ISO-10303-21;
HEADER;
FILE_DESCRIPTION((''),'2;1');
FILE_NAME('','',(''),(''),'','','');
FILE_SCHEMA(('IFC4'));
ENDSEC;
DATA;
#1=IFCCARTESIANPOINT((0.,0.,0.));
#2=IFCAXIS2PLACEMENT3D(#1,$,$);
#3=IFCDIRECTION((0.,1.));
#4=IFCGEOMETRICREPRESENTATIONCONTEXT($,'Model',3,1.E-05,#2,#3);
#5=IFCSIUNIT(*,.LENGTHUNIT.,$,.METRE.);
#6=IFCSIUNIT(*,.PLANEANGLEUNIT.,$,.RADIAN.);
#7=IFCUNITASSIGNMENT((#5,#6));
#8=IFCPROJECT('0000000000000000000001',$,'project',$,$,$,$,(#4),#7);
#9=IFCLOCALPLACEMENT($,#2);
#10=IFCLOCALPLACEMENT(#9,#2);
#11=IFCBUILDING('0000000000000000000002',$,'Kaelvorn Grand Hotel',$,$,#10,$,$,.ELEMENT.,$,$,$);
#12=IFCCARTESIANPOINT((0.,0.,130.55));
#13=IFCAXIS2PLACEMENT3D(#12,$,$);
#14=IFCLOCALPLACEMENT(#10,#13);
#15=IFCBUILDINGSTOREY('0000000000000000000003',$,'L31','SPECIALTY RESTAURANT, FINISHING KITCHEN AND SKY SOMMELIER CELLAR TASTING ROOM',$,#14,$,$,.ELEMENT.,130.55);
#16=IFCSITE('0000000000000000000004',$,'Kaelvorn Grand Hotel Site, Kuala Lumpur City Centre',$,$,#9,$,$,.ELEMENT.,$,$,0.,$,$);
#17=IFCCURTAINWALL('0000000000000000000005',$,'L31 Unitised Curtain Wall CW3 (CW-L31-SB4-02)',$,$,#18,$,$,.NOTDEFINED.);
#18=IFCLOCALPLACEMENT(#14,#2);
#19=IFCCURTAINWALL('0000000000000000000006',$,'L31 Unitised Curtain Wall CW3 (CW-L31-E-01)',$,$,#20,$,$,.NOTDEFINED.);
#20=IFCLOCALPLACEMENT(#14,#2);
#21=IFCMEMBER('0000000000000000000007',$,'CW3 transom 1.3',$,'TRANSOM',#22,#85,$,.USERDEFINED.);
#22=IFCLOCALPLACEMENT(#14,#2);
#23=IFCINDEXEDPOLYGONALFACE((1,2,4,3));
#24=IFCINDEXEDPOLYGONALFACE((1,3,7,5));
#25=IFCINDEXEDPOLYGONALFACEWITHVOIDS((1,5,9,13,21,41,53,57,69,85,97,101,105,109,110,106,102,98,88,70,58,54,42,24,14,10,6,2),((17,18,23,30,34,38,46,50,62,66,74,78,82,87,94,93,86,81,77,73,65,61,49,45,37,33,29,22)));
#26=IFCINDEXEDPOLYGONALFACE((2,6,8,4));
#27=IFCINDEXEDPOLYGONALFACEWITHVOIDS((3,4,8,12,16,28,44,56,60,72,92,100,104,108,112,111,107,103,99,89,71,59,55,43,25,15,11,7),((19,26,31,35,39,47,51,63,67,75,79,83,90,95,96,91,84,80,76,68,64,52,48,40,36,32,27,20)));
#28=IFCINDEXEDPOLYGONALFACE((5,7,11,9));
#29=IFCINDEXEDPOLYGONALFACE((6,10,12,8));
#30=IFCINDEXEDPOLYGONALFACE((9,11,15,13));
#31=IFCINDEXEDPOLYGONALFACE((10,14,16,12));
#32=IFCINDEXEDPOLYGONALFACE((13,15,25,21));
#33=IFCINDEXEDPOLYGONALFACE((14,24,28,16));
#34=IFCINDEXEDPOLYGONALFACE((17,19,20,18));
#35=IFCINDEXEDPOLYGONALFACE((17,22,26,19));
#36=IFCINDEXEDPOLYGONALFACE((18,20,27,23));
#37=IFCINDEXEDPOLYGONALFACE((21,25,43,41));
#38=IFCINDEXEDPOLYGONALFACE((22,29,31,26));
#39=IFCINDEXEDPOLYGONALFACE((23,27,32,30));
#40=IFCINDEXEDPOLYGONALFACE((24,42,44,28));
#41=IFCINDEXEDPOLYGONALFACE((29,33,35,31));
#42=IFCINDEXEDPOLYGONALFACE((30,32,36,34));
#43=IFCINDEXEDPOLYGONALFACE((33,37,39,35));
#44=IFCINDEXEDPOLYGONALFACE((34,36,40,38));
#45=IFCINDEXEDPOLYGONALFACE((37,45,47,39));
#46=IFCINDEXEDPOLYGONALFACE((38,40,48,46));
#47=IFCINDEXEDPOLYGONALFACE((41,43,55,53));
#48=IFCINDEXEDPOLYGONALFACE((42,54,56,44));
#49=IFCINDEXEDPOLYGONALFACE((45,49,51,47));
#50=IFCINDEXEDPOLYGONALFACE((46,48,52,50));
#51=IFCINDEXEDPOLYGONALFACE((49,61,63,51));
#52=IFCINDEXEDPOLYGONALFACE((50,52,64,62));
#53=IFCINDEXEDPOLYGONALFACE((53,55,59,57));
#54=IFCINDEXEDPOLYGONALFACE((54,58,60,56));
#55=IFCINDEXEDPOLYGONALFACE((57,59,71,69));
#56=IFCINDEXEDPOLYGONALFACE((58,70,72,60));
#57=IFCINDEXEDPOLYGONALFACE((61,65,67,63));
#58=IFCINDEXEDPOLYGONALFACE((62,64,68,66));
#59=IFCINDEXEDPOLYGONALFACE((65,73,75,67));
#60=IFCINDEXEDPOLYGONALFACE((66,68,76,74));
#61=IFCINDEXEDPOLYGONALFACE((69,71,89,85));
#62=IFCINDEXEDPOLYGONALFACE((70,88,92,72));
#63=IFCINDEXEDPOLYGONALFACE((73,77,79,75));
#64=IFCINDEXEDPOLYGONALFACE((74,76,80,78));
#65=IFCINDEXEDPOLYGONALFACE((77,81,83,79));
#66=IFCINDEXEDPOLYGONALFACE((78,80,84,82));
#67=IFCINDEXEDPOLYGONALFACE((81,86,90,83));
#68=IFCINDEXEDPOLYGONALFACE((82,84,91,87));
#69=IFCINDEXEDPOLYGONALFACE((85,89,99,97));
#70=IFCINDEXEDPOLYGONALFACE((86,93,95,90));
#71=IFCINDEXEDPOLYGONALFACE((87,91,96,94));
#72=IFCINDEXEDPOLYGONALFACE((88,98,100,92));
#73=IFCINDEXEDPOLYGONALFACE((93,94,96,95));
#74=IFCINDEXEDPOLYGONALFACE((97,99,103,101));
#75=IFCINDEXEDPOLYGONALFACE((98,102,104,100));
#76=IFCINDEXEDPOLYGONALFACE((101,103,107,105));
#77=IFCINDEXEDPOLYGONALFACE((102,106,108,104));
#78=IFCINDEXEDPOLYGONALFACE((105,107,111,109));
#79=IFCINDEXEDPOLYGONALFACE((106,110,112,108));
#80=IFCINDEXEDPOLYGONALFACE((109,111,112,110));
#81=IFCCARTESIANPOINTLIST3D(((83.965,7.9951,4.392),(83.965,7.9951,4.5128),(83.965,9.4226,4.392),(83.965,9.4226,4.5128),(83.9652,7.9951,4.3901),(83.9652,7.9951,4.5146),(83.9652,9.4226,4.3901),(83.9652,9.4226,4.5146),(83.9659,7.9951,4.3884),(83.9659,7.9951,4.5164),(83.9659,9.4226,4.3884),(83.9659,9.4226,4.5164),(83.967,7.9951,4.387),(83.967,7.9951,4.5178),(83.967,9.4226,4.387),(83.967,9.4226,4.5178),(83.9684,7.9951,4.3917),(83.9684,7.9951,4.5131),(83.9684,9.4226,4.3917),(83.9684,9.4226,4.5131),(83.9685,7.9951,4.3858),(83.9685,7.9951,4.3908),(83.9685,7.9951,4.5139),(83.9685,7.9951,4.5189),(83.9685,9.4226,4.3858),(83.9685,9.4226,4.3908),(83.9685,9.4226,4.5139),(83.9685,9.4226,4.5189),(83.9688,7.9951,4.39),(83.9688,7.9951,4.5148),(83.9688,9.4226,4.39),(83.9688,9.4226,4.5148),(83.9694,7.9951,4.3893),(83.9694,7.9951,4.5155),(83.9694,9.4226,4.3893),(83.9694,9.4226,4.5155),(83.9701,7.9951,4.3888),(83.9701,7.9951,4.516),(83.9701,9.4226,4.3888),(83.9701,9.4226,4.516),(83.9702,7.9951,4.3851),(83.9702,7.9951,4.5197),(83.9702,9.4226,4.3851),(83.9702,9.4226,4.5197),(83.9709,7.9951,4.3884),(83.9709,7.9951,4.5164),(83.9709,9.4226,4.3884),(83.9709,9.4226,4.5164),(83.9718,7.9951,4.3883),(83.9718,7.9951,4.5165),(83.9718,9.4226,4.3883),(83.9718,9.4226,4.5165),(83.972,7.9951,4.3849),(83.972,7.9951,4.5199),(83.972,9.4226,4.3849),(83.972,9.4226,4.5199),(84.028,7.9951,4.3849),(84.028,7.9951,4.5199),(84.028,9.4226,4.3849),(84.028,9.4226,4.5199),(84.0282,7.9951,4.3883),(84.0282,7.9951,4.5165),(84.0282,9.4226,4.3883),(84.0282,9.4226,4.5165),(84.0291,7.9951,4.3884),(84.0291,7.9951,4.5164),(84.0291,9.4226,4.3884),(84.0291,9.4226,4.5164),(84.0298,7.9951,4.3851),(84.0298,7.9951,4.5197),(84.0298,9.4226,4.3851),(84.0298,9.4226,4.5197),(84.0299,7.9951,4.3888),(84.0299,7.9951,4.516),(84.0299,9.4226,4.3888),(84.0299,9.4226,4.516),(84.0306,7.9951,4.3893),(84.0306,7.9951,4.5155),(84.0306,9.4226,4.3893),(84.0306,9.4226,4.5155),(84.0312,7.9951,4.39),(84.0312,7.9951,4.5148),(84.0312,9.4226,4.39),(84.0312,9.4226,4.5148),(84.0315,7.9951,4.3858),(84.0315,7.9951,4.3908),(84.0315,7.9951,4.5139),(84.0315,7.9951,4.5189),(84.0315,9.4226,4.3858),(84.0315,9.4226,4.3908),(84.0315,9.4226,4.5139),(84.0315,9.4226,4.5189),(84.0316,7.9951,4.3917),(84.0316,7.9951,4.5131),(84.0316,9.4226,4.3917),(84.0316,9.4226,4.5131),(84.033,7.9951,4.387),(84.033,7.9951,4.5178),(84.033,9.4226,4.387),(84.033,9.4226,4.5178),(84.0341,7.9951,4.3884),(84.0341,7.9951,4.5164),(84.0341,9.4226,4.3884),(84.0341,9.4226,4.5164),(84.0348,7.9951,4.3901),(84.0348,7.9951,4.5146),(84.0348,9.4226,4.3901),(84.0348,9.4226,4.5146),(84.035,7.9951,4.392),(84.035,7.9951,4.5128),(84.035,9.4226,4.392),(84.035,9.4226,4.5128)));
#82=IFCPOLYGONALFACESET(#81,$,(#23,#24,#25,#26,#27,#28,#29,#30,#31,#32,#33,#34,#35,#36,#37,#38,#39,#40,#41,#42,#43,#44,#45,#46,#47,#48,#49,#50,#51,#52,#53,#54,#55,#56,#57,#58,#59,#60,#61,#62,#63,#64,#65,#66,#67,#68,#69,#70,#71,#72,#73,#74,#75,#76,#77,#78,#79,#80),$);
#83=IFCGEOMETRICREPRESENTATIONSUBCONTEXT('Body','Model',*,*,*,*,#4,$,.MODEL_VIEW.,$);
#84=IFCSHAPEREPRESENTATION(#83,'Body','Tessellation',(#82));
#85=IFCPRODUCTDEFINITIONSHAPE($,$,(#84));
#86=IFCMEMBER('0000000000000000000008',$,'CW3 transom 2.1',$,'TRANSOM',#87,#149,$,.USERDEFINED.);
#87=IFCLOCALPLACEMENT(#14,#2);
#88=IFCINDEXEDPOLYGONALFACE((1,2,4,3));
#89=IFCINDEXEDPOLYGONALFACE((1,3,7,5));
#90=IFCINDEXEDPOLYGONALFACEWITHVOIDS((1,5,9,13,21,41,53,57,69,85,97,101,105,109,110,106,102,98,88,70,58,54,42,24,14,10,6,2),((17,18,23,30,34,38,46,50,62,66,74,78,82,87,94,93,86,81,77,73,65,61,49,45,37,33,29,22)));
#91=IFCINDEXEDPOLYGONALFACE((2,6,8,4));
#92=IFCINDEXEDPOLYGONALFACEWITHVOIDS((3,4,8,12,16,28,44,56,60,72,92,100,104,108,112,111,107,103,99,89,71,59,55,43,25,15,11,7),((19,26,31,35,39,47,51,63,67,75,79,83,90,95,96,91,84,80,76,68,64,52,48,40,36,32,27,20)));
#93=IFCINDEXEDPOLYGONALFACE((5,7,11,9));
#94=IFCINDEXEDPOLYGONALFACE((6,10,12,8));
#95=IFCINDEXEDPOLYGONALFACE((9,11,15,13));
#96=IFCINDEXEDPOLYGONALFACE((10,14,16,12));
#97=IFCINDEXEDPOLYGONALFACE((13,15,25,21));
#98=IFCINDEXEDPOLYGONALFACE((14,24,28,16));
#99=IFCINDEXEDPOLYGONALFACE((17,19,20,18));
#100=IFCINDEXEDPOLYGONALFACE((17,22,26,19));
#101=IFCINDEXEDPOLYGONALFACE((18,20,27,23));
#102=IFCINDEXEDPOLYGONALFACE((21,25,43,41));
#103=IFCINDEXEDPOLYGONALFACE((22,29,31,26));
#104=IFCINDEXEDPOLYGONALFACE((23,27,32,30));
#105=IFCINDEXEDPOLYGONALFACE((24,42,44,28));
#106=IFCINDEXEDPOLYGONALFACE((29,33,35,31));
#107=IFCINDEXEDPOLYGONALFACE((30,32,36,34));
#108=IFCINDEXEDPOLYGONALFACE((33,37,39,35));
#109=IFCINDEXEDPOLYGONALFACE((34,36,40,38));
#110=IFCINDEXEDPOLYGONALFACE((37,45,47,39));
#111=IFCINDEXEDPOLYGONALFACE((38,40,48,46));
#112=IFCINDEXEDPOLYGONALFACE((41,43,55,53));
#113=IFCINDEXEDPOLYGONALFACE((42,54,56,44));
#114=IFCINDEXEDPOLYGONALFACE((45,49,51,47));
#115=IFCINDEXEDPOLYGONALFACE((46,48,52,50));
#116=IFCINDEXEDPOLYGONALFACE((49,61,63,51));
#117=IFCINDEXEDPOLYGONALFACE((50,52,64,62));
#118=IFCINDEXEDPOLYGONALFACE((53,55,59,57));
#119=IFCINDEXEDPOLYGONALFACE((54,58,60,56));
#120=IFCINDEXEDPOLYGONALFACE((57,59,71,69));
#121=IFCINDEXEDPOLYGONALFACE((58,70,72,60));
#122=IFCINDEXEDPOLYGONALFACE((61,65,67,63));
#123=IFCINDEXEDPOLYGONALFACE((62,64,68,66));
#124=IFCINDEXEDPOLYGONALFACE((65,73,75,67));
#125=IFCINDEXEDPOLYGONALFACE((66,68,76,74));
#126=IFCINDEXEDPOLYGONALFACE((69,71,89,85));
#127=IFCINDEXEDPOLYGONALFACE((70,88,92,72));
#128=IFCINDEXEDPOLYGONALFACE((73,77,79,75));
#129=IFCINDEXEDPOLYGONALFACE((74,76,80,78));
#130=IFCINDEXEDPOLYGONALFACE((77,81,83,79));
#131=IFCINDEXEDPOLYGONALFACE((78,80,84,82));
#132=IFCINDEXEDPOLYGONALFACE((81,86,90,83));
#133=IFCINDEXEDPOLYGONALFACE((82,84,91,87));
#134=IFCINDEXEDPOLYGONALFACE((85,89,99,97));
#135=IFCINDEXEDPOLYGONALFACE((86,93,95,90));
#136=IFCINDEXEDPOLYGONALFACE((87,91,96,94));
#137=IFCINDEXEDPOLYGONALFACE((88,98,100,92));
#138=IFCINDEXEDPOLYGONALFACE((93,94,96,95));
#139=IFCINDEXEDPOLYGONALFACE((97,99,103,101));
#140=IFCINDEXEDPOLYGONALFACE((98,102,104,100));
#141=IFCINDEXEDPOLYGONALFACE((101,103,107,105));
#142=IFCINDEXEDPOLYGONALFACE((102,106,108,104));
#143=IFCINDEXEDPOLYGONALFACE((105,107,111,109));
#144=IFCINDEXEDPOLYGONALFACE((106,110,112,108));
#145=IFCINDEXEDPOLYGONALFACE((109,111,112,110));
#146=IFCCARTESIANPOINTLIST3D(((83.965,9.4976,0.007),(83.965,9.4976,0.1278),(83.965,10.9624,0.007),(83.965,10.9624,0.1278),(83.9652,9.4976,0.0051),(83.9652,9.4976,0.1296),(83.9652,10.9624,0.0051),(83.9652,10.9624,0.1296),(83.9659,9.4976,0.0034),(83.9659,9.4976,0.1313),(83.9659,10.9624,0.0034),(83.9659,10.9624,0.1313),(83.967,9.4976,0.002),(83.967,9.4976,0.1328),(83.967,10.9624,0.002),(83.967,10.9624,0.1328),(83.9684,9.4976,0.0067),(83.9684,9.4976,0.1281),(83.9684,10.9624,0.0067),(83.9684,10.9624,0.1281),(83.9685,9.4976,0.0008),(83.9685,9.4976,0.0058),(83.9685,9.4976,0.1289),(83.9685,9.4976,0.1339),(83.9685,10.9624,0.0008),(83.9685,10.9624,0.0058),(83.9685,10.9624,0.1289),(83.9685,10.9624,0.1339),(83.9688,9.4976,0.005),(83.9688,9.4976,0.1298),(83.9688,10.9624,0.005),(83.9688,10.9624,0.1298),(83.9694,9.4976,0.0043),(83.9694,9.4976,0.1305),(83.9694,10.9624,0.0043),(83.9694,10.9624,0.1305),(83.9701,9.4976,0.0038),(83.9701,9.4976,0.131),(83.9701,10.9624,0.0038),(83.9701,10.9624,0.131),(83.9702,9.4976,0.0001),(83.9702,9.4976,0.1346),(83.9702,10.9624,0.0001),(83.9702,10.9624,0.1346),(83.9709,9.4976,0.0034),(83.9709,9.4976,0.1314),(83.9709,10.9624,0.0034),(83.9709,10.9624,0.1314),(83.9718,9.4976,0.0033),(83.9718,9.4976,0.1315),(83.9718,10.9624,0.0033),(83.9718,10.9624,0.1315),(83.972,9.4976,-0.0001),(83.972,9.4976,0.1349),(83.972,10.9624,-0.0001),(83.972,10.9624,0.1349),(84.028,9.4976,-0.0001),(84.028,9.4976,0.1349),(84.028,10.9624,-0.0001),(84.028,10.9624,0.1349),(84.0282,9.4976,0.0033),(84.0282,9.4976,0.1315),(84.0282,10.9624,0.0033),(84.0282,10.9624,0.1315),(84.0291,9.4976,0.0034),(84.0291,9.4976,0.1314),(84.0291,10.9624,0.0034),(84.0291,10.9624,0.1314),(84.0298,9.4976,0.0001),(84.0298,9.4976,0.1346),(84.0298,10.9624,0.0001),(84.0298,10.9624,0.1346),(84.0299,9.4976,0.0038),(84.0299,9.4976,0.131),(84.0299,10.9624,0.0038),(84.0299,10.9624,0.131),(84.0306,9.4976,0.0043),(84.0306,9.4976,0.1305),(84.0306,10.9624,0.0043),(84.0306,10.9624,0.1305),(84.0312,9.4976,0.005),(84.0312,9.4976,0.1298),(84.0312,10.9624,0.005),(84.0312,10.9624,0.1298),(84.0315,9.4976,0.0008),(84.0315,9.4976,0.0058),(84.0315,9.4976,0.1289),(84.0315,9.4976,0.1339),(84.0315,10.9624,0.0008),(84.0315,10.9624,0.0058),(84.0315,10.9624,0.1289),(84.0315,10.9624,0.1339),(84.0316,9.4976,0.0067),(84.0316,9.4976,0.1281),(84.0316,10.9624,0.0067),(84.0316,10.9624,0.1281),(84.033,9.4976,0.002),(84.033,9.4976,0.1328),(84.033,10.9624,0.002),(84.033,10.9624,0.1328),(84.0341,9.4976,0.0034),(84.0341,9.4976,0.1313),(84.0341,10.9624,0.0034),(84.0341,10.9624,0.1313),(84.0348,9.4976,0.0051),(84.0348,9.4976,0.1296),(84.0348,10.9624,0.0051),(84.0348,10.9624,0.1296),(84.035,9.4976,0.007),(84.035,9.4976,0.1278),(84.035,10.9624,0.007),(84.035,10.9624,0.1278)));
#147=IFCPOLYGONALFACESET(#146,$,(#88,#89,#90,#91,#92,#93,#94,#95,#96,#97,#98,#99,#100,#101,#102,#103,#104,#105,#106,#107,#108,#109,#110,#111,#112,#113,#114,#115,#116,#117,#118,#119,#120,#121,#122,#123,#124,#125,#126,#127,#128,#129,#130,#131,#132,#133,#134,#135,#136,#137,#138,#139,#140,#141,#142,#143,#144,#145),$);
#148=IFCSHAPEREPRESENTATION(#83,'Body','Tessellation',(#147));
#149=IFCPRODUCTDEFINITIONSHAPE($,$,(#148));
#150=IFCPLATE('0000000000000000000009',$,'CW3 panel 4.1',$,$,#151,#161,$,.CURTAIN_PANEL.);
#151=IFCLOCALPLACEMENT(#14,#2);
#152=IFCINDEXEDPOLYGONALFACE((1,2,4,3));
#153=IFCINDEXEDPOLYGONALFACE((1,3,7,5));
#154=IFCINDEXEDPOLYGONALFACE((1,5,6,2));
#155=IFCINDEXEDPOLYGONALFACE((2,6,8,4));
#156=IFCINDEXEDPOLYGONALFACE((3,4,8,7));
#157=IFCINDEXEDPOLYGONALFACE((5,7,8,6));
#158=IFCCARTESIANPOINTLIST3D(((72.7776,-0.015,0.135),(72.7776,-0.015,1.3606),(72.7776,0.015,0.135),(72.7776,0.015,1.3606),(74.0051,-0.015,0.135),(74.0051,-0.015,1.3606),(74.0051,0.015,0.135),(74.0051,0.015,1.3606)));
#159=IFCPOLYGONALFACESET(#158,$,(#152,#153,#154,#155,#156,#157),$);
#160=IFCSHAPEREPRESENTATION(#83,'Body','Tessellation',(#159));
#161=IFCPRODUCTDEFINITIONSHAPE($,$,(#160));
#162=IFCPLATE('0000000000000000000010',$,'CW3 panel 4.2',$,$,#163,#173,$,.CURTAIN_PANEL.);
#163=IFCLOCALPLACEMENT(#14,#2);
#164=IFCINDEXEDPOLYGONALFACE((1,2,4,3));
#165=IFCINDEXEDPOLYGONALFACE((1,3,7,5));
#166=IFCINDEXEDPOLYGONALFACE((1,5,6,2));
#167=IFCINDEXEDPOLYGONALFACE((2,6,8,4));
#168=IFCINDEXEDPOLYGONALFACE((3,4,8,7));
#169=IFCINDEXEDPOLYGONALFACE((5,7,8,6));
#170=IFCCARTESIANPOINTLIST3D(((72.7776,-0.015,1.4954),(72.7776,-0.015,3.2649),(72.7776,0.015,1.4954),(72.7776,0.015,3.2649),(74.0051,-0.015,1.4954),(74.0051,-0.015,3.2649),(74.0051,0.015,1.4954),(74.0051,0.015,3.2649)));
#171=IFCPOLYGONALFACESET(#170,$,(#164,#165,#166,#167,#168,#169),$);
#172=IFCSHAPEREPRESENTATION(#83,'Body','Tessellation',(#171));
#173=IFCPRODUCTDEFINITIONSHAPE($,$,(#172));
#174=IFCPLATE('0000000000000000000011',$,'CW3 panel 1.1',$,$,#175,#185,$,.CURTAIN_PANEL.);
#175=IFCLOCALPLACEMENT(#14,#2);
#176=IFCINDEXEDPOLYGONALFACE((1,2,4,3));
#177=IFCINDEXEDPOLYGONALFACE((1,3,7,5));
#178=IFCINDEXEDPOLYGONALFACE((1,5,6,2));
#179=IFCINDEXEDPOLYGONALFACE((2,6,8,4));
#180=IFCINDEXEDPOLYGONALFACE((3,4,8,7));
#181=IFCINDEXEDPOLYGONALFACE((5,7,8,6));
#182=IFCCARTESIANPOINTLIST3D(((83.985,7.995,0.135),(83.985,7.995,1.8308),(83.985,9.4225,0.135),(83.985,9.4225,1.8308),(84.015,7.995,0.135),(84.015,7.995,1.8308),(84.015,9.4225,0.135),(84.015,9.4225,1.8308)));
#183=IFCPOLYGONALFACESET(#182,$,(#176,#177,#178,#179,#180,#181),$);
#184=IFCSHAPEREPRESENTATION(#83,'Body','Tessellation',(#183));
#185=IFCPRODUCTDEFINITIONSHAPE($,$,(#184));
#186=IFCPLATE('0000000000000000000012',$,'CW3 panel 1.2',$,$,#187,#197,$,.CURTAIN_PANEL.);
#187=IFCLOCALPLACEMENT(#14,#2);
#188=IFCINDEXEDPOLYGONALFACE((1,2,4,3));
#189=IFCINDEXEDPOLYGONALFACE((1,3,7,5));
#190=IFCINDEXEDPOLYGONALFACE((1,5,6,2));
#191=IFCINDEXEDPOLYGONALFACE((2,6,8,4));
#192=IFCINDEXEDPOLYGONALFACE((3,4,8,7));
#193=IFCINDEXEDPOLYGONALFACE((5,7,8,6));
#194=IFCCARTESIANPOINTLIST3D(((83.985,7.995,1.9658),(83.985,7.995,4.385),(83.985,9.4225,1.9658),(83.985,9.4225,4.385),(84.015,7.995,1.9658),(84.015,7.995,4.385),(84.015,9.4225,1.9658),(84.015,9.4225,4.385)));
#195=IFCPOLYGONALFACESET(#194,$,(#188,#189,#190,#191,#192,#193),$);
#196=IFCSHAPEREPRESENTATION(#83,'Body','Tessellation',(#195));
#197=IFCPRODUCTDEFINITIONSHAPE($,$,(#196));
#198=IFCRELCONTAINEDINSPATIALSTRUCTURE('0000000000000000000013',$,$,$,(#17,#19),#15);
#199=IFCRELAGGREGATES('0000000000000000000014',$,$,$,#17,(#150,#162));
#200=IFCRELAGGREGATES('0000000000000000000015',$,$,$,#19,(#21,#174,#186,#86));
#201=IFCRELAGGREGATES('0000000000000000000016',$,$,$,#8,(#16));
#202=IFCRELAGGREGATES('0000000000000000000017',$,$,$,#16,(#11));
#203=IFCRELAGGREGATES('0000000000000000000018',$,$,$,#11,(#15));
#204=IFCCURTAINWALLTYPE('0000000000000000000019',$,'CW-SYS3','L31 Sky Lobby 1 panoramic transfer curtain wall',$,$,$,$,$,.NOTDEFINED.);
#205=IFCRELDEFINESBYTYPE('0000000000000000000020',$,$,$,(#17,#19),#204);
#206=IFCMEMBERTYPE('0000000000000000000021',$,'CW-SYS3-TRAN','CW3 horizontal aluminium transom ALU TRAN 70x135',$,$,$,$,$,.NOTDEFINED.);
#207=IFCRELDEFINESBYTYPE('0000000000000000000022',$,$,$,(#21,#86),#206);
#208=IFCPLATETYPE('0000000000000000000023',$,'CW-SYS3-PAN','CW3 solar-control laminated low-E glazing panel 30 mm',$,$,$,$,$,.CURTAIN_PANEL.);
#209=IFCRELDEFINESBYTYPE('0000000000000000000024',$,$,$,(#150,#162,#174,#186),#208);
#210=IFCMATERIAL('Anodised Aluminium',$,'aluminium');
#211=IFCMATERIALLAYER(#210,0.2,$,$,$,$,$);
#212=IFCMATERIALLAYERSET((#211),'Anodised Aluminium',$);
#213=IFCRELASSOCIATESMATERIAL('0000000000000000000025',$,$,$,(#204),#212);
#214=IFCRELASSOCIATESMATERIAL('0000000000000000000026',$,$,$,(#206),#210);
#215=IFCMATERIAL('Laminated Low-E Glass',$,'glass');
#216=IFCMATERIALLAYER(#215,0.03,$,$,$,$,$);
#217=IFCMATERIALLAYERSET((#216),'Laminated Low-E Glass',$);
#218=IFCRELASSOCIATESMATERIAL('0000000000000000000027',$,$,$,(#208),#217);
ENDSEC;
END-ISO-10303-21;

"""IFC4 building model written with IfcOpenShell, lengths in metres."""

from ifc_helpers import new_model, si_unit, direction, frame, origin, origin_2d, place, context, subcontext, project, spatial, rectangle, hollow_rectangle, extrude, material, layer, layer_set, material_profile, profile_set, type_object, element, aggregate, save


model = new_model("IFC4")

# Units and contexts
model_context = context("Model", 3, precision=1e-05, world=origin(), true_north=direction((0.0, 1.0)))
body_context = subcontext(model_context, "Body", "Model", "MODEL_VIEW")
ifc_project = project(units=[si_unit("LENGTHUNIT", "METRE"), si_unit("PLANEANGLEUNIT", "RADIAN")], contexts=[model_context])

# Site, building, storey
site_placement = place(None, origin())
site = spatial("IfcSite", under=ifc_project, at=site_placement, Name="Kaelvorn Grand Hotel Site, Kuala Lumpur City Centre", CompositionType="ELEMENT", RefElevation=0.0)
building_placement = place(site_placement, origin())
building = spatial("IfcBuilding", under=site, at=building_placement, Name="Kaelvorn Grand Hotel", CompositionType="ELEMENT")
storey_placement = place(building_placement, frame((0.0, 0.0, 130.55)))
storey = spatial("IfcBuildingStorey", under=building, at=storey_placement, Name="L31", Description="SPECIALTY RESTAURANT, FINISHING KITCHEN AND SKY SOMMELIER CELLAR TASTING ROOM", CompositionType="ELEMENT", Elevation=130.55)

# Curtain wall
ifc_material_1 = material(Name="Anodised Aluminium", Category="aluminium")
ifc_layer_1 = layer(ifc_material_1, 0.2)
ifc_layer_set_1 = layer_set([ifc_layer_1], Name="Anodised Aluminium")
curtain_wall_type = type_object("IfcCurtainWallType", Name="CW-SYS3", Description="L31 Sky Lobby 1 panoramic transfer curtain wall", PredefinedType="NOTDEFINED", material=ifc_layer_set_1)
curtain_wall_1_placement = place(storey_placement, origin())
curtain_wall_1 = element("IfcCurtainWall", 1, at=curtain_wall_1_placement, inside=storey, type_object=curtain_wall_type, Name="L31 Unitised Curtain Wall CW3 (CW-L31-SB4-02)", PredefinedType="NOTDEFINED")

# Curtain wall
curtain_wall_2_placement = place(storey_placement, origin())
curtain_wall_2 = element("IfcCurtainWall", 2, at=curtain_wall_2_placement, inside=storey, type_object=curtain_wall_type, Name="L31 Unitised Curtain Wall CW3 (CW-L31-E-01)", PredefinedType="NOTDEFINED")

# Members
ifc_material_profile_1 = material_profile(ifc_material_1, hollow_rectangle(XDim=0.0701, YDim=0.135, WallThickness=0.0034, InnerFilletRadius=0.0034, OuterFilletRadius=0.0071, at=origin_2d()), Name="ALU TRAN 70x135")
ifc_profile_set_1 = profile_set([ifc_material_profile_1], Name="Anodised Aluminium")
member_type_1 = type_object("IfcMemberType", Name="CW-SYS3-TRAN", Description="CW3 horizontal aluminium transom ALU TRAN 70x135", PredefinedType="NOTDEFINED", material=ifc_profile_set_1)
member_1_placement = place(storey_placement, frame((84.0, 7.9951, 4.4524), z_axis=(0.0, 1.0, 0.0), x_axis=(-1.0, 0.0, 0.0)))
member_1 = element("IfcMember", 3, at=member_1_placement, type_object=member_type_1, Name="CW3 transom 1.3", ObjectType="TRANSOM", PredefinedType="USERDEFINED", context=body_context, shape_type="SweptSolid", body=[
    extrude(hollow_rectangle(XDim=0.0701, YDim=0.135, WallThickness=0.0034, InnerFilletRadius=0.0034, OuterFilletRadius=0.0071, at=origin_2d()), origin(), (0.0, 0.0, 1.0), 1.4275),
])
member_2_placement = place(storey_placement, frame((84.0, 9.4976, 0.0674), z_axis=(0.0, 1.0, 0.0), x_axis=(-1.0, 0.0, 0.0)))
member_2 = element("IfcMember", 4, at=member_2_placement, type_object=member_type_1, Name="CW3 transom 2.1", ObjectType="TRANSOM", PredefinedType="USERDEFINED", context=body_context, shape_type="SweptSolid", body=[
    extrude(hollow_rectangle(XDim=0.0701, YDim=0.135, WallThickness=0.0034, InnerFilletRadius=0.0034, OuterFilletRadius=0.0071, at=origin_2d()), origin(), (0.0, 0.0, 1.0), 1.4648),
])

# Plates
ifc_material_2 = material(Name="Laminated Low-E Glass", Category="glass")
ifc_layer_2 = layer(ifc_material_2, 0.03)
ifc_layer_set_2 = layer_set([ifc_layer_2], Name="Laminated Low-E Glass")
plate_type = type_object("IfcPlateType", Name="CW-SYS3-PAN", Description="CW3 solar-control laminated low-E glazing panel 30 mm", PredefinedType="CURTAIN_PANEL", material=ifc_layer_set_2)
plate_1_placement = place(storey_placement, frame((73.3914, 0.0, 0.135), z_axis=(0.0, 0.0, 1.0), x_axis=(1.0, 0.0, 0.0)))
plate_1 = element("IfcPlate", 5, at=plate_1_placement, type_object=plate_type, Name="CW3 panel 4.1", PredefinedType="CURTAIN_PANEL", context=body_context, shape_type="SweptSolid", body=[
    extrude(rectangle(XDim=1.2275, YDim=0.03, at=origin_2d()), origin(), (0.0, 0.0, 1.0), 1.2256),
])
plate_2_placement = place(storey_placement, frame((73.3914, 0.0, 1.4954), z_axis=(0.0, 0.0, 1.0), x_axis=(1.0, 0.0, 0.0)))
plate_2 = element("IfcPlate", 6, at=plate_2_placement, type_object=plate_type, Name="CW3 panel 4.2", PredefinedType="CURTAIN_PANEL", context=body_context, shape_type="SweptSolid", body=[
    extrude(rectangle(XDim=1.2275, YDim=0.03, at=origin_2d()), origin(), (0.0, 0.0, 1.0), 1.7695),
])
aggregate(curtain_wall_1, [plate_1, plate_2])
plate_3_placement = place(storey_placement, frame((84.0, 8.7087, 0.135), z_axis=(0.0, 0.0, 1.0), x_axis=(0.0, 1.0, 0.0)))
plate_3 = element("IfcPlate", 7, at=plate_3_placement, type_object=plate_type, Name="CW3 panel 1.1", PredefinedType="CURTAIN_PANEL", context=body_context, shape_type="SweptSolid", body=[
    extrude(rectangle(XDim=1.4275, YDim=0.03, at=origin_2d()), origin(), (0.0, 0.0, 1.0), 1.6958),
])
plate_4_placement = place(storey_placement, frame((84.0, 8.7087, 1.9658), z_axis=(0.0, 0.0, 1.0), x_axis=(0.0, 1.0, 0.0)))
plate_4 = element("IfcPlate", 8, at=plate_4_placement, type_object=plate_type, Name="CW3 panel 1.2", PredefinedType="CURTAIN_PANEL", context=body_context, shape_type="SweptSolid", body=[
    extrude(rectangle(XDim=1.4275, YDim=0.03, at=origin_2d()), origin(), (0.0, 0.0, 1.0), 2.4192),
])
aggregate(curtain_wall_2, [member_1, plate_3, plate_4, member_2])

save(model, "model.ifc")
